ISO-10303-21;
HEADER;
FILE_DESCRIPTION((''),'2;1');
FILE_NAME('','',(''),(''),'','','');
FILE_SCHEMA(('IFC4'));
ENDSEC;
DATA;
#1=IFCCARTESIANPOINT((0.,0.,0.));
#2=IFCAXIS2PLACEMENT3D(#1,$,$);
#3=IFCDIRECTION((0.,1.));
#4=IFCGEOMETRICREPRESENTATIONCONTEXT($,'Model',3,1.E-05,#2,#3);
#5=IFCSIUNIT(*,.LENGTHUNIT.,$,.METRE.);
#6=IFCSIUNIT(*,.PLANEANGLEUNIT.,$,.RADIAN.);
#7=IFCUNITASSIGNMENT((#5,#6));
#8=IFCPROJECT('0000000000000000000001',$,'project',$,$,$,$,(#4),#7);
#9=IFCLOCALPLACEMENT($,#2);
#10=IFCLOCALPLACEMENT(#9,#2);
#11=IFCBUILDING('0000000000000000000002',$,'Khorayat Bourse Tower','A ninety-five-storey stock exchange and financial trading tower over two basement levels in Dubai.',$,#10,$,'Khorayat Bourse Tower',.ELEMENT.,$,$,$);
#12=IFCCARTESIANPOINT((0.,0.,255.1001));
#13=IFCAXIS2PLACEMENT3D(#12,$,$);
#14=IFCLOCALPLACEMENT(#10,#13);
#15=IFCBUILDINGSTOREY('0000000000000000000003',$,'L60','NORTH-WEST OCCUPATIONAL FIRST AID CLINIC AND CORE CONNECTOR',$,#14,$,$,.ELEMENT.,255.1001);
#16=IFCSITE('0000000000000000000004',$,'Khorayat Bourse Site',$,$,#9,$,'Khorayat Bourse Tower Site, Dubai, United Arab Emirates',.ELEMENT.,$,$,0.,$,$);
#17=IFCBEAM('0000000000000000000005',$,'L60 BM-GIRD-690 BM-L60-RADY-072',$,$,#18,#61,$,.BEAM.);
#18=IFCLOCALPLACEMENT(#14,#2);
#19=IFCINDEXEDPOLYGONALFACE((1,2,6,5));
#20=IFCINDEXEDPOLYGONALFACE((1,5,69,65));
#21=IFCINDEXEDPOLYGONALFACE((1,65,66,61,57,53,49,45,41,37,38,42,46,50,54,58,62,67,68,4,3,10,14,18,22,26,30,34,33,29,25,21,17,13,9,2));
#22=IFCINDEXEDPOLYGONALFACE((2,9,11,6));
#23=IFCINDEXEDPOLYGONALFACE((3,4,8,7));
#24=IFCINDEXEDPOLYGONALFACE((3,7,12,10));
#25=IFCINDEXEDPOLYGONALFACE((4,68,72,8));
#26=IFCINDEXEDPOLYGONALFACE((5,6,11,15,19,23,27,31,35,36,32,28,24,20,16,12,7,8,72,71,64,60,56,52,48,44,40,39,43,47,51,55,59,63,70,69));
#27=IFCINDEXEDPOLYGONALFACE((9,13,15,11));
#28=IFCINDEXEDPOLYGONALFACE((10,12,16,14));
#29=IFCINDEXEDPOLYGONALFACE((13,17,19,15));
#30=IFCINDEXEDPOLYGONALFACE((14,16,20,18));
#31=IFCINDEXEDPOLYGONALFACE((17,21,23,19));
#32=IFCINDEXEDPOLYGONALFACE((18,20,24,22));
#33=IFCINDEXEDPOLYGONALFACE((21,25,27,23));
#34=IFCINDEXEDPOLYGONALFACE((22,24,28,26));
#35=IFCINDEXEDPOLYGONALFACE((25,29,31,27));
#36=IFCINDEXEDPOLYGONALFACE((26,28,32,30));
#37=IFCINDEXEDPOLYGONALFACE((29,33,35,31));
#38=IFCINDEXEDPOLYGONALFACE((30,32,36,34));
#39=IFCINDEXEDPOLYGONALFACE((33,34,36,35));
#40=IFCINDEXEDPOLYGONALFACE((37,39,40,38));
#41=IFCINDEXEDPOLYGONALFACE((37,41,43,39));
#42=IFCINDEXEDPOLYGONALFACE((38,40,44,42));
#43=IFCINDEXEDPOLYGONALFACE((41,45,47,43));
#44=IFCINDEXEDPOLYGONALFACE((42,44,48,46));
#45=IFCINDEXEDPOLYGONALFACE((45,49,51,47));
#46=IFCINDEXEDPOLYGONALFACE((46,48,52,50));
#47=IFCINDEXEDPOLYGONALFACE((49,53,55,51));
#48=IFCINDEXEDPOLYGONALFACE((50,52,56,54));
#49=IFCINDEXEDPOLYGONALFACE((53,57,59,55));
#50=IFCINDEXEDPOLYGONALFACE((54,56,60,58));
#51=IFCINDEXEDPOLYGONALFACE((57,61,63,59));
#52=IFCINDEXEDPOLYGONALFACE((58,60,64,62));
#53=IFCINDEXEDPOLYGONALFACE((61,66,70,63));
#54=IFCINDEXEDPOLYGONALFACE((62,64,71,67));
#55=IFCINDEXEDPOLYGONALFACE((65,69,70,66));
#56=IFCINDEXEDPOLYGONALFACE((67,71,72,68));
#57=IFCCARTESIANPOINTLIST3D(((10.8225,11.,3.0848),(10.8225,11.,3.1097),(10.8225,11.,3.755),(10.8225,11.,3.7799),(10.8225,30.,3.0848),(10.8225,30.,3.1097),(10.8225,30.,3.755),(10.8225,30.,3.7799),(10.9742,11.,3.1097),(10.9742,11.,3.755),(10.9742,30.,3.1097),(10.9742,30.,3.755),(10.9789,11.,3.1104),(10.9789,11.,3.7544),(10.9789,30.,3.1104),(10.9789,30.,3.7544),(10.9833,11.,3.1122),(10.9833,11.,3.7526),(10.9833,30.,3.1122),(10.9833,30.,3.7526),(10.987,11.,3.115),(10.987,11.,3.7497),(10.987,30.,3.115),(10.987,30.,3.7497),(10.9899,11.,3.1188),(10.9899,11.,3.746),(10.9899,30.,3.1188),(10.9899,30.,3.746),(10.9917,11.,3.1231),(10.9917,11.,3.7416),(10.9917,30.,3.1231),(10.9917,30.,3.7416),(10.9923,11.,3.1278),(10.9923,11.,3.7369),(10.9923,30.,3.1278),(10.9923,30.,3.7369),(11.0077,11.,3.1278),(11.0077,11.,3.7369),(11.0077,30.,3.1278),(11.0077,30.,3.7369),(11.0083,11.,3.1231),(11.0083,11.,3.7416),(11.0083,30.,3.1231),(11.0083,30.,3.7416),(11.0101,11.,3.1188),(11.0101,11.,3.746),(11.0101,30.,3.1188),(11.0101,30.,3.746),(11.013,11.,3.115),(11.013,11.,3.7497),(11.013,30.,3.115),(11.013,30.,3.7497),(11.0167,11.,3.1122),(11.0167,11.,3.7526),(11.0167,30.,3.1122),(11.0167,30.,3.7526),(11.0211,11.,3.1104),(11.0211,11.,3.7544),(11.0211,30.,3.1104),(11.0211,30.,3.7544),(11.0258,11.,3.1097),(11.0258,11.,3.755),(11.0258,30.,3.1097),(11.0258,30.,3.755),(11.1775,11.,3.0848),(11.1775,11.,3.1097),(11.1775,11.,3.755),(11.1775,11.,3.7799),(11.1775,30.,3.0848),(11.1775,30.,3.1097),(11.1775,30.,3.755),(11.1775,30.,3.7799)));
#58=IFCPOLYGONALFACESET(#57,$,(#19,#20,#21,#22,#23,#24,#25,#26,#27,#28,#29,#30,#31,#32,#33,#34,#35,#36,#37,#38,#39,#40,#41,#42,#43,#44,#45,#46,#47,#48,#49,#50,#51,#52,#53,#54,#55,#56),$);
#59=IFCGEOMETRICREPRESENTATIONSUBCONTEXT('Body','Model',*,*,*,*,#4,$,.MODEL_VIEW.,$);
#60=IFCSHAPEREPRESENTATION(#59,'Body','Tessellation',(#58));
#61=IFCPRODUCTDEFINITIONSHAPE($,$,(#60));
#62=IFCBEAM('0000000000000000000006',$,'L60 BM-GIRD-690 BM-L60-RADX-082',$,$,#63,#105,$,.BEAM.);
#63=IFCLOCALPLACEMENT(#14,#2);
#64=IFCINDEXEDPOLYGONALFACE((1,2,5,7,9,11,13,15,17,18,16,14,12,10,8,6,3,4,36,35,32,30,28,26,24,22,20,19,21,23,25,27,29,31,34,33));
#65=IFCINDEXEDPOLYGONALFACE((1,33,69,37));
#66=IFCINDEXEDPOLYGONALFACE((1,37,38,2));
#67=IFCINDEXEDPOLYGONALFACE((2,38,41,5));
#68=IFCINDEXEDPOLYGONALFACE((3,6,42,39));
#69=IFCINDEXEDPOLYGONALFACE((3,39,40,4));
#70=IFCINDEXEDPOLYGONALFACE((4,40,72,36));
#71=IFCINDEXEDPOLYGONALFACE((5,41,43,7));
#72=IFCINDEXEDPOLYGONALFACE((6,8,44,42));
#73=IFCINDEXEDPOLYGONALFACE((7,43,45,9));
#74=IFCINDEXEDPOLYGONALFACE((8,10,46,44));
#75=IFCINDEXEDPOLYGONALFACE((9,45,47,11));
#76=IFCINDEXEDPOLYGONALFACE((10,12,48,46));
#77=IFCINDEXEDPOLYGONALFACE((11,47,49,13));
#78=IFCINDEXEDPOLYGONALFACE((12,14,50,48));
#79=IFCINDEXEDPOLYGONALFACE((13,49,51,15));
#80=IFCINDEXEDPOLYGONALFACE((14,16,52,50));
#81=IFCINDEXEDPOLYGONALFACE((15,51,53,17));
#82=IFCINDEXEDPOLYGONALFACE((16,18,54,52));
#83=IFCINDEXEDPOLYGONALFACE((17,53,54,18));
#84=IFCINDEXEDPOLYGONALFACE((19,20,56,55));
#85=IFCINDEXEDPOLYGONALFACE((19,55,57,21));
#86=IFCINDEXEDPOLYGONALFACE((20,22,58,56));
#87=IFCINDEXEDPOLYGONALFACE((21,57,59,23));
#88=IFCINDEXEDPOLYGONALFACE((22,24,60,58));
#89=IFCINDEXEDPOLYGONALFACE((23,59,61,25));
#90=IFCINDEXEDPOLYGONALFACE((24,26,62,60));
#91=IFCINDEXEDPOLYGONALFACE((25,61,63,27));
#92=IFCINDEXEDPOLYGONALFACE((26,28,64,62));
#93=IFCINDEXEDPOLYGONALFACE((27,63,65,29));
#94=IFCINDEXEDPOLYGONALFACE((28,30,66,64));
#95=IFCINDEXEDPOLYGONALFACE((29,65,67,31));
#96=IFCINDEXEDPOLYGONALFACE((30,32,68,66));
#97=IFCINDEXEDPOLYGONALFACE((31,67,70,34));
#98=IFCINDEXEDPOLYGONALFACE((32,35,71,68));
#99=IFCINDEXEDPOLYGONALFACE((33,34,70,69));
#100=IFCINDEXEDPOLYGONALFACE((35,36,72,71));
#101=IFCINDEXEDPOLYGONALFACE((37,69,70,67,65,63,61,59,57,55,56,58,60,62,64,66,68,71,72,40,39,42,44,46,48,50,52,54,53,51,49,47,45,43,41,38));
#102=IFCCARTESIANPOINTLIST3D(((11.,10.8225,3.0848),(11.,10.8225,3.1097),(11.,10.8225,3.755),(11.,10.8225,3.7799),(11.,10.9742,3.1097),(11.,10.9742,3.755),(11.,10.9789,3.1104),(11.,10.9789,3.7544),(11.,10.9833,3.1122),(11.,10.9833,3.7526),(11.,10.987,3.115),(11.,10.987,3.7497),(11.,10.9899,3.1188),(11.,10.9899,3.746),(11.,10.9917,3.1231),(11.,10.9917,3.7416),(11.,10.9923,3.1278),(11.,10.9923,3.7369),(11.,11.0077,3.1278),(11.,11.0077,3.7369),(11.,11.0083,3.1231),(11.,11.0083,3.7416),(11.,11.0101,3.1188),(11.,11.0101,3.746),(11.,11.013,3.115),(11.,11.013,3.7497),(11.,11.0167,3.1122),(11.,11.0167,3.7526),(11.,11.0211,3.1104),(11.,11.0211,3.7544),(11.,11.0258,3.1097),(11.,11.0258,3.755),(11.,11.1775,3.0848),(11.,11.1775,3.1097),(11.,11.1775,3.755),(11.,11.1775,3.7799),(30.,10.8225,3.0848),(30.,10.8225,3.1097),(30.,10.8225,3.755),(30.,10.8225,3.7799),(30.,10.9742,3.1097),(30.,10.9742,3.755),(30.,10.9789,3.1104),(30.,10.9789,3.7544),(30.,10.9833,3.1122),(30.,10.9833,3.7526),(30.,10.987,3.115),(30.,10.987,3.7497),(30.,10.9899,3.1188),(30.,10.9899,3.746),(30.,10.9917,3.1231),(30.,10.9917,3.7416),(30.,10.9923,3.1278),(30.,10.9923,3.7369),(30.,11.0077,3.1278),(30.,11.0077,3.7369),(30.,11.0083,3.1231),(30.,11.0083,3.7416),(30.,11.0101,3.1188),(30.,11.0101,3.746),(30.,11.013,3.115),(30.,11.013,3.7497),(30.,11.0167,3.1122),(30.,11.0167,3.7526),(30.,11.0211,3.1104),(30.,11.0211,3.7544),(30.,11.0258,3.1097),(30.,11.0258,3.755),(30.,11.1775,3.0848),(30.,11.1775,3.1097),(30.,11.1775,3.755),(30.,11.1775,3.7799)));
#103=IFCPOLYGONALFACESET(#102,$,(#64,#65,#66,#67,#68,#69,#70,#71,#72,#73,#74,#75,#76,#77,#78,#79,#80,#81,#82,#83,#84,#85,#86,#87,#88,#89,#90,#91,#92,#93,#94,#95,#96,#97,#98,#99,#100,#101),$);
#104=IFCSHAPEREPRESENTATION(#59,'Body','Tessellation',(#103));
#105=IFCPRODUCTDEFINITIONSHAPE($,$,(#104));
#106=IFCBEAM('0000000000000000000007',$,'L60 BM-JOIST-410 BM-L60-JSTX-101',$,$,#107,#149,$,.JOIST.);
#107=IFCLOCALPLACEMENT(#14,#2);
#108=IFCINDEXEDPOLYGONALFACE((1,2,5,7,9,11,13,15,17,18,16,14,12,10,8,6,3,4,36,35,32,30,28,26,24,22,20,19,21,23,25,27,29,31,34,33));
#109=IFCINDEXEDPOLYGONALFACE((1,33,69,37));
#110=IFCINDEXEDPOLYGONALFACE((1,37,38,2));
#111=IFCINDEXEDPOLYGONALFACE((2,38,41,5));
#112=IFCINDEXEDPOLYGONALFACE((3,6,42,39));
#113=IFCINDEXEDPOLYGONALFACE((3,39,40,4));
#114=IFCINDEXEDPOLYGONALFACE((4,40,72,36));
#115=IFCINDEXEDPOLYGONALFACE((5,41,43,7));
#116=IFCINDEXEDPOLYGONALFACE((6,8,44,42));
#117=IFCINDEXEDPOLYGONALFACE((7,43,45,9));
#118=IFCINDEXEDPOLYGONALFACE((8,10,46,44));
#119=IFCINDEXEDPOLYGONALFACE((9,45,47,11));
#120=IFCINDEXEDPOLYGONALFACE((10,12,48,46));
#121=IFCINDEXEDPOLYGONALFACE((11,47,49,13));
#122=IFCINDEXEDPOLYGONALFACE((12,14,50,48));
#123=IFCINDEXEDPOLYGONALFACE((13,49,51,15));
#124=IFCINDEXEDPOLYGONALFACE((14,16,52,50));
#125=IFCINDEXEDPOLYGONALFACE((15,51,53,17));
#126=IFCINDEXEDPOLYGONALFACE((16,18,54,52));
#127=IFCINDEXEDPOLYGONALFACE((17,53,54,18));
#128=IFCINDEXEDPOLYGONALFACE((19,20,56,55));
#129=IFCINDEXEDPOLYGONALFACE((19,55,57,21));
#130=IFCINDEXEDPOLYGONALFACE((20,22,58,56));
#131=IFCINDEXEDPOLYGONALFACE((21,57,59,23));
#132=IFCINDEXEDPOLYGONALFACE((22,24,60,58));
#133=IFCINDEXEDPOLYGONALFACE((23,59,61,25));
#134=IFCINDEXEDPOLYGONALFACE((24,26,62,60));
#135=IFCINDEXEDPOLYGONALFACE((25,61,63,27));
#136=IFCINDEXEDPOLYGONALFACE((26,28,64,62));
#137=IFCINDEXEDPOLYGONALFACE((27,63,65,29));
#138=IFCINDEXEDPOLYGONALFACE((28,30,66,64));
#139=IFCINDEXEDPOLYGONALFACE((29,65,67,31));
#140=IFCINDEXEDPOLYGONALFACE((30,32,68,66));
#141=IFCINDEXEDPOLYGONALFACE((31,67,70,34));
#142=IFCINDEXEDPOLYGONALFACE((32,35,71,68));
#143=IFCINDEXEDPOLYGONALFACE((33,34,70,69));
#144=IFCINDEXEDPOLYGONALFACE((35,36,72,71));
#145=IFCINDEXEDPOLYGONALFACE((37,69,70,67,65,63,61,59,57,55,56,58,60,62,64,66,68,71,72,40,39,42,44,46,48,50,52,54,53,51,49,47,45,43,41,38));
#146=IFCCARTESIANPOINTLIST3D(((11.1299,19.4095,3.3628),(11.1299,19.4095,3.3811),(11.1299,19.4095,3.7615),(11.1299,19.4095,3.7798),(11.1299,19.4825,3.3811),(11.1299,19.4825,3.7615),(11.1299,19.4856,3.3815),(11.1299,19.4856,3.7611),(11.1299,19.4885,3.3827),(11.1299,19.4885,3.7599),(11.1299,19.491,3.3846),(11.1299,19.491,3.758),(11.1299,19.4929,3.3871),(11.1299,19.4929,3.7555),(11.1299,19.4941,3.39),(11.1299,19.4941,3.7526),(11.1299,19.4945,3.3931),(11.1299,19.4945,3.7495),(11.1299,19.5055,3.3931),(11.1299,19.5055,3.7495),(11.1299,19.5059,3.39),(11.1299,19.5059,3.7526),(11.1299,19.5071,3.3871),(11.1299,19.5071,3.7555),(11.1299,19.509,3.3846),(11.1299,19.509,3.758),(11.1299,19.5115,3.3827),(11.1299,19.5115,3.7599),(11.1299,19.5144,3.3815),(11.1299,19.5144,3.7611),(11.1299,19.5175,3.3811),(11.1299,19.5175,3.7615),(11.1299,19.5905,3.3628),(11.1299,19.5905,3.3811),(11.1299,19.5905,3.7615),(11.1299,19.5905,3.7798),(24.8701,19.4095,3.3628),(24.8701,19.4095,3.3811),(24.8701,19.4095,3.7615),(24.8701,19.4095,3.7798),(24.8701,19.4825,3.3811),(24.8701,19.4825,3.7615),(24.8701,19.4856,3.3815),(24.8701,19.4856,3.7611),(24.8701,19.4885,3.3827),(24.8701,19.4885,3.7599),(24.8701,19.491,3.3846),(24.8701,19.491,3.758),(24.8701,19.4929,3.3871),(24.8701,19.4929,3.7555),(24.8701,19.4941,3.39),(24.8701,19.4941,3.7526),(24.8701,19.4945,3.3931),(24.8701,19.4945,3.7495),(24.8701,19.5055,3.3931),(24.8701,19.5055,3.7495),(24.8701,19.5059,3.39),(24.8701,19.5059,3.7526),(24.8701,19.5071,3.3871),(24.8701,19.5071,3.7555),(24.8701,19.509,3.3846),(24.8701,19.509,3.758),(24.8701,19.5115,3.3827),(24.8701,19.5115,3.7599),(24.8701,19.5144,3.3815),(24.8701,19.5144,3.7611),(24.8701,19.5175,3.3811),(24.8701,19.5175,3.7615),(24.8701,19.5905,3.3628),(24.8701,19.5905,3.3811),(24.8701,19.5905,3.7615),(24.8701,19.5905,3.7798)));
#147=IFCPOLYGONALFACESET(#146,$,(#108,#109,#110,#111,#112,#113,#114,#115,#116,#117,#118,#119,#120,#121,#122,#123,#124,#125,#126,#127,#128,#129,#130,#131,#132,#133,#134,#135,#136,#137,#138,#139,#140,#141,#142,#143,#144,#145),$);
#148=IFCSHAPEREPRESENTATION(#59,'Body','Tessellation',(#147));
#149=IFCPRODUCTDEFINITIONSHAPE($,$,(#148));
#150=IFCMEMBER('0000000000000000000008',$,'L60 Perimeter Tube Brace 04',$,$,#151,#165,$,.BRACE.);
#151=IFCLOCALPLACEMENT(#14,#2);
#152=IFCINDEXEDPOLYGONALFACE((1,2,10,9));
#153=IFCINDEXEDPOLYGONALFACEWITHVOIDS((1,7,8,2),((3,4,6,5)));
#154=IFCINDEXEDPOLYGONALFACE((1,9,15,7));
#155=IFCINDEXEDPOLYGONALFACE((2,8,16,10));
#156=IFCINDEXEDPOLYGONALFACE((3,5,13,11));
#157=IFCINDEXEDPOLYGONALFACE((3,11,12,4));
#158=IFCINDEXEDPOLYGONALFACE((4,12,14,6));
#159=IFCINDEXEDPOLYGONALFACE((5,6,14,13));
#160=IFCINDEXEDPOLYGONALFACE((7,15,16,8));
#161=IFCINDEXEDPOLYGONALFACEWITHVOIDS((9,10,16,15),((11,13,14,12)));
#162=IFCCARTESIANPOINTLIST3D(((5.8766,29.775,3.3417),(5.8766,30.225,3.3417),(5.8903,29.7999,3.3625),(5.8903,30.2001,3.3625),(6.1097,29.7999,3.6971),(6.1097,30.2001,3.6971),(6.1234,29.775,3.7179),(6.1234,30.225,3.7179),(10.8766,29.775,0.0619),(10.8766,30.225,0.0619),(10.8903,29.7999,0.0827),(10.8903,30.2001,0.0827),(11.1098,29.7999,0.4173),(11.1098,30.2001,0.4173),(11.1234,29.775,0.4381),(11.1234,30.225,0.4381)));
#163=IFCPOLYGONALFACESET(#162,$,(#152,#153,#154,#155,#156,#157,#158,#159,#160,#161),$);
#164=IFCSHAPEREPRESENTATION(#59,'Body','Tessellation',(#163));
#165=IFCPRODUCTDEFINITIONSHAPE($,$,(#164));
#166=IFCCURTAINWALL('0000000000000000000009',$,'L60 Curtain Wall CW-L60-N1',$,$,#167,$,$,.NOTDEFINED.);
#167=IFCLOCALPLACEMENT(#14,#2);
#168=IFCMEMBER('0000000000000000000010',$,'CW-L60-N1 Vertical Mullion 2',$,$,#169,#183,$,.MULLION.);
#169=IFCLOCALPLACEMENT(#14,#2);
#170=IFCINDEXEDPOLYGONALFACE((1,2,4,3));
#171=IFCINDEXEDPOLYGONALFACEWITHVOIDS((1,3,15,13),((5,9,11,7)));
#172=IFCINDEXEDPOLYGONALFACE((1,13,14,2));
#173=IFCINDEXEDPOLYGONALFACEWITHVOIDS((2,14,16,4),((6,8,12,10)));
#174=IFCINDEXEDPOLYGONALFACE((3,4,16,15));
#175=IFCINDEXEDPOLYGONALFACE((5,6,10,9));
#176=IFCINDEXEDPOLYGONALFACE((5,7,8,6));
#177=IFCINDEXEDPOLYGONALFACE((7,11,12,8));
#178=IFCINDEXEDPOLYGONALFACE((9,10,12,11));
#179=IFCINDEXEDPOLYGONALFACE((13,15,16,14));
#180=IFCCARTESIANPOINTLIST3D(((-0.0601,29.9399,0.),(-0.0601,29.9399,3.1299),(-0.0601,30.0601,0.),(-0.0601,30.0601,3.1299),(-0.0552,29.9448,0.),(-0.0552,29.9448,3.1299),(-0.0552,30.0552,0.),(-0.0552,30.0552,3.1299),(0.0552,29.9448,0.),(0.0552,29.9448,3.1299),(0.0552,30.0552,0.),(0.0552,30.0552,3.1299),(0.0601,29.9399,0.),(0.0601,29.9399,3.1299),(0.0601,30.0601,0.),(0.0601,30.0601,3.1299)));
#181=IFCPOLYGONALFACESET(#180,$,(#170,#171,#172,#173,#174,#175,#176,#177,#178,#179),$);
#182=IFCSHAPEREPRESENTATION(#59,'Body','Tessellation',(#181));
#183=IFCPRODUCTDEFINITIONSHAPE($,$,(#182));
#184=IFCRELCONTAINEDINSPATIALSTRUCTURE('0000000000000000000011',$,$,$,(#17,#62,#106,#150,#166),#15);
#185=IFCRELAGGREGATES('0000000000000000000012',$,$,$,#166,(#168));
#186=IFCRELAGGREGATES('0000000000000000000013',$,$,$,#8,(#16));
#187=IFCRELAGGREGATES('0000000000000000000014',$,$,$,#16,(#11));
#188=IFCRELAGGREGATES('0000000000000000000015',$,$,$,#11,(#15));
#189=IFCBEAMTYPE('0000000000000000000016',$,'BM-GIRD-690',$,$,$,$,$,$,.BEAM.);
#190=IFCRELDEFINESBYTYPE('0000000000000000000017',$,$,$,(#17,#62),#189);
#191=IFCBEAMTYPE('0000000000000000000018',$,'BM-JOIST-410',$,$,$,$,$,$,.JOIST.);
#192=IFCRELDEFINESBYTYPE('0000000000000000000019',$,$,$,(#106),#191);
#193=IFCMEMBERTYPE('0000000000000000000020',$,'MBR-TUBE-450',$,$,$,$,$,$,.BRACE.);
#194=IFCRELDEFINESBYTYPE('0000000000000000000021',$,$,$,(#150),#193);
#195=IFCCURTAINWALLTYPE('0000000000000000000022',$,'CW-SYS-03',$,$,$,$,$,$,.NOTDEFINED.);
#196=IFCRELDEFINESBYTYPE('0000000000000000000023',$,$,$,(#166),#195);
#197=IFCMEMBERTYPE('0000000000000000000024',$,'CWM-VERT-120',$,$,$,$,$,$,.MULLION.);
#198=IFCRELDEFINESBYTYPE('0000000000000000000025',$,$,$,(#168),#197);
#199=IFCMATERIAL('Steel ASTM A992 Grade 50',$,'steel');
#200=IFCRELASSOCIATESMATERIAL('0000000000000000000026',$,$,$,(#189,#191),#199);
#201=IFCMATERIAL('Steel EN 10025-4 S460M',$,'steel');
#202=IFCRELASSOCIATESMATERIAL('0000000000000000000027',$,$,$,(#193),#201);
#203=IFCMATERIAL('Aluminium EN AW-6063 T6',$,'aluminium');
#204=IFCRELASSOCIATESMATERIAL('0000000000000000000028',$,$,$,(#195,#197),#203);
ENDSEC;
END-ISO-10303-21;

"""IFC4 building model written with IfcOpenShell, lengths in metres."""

from ifc_helpers import new_model, si_unit, direction, frame, origin, origin_2d, place, context, subcontext, project, spatial, hollow_rectangle, i_section, extrude, source, transform, mapped, material, material_profile, profile_set, type_object, element, aggregate, save


model = new_model("IFC4")

# Units and contexts
model_context = context("Model", 3, precision=1e-05, world=origin(), true_north=direction((0.0, 1.0)))
body_context = subcontext(model_context, "Body", "Model", "MODEL_VIEW")
ifc_project = project(units=[si_unit("LENGTHUNIT", "METRE"), si_unit("PLANEANGLEUNIT", "RADIAN")], contexts=[model_context])

# Site, building, storey
site_placement = place(None, origin())
site = spatial("IfcSite", under=ifc_project, at=site_placement, Name="Khorayat Bourse Site", LongName="Khorayat Bourse Tower Site, Dubai, United Arab Emirates", CompositionType="ELEMENT", RefElevation=0.0)
building_placement = place(site_placement, origin())
building = spatial("IfcBuilding", under=site, at=building_placement, Name="Khorayat Bourse Tower", Description="A ninety-five-storey stock exchange and financial trading tower over two basement levels in Dubai.", LongName="Khorayat Bourse Tower", CompositionType="ELEMENT")
storey_placement = place(building_placement, frame((0.0, 0.0, 255.1001)))
storey = spatial("IfcBuildingStorey", under=building, at=storey_placement, Name="L60", Description="NORTH-WEST OCCUPATIONAL FIRST AID CLINIC AND CORE CONNECTOR", CompositionType="ELEMENT", Elevation=255.1001)

# Shared definitions
ifc_material_1 = material(Name="Steel EN 10025-4 S460M", Category="steel")

# Beams
ifc_material_2 = material(Name="Steel ASTM A992 Grade 50", Category="steel")
ifc_material_profile_1 = material_profile(ifc_material_2, i_section(OverallWidth=0.355, OverallDepth=0.6951, WebThickness=0.0154, FlangeThickness=0.0249, FilletRadius=0.0181, at=origin_2d()), Name="W690X217")
ifc_profile_set_1 = profile_set([ifc_material_profile_1], Name="Steel ASTM A992 Grade 50")
beam_type_1 = type_object("IfcBeamType", Name="BM-GIRD-690", PredefinedType="BEAM", material=ifc_profile_set_1)
shared_shape_1 = source(origin(), body_context, "Body", "SweptSolid", [
    extrude(i_section(OverallWidth=0.355, OverallDepth=0.6951, WebThickness=0.0154, FlangeThickness=0.0249, FilletRadius=0.0181, at=origin_2d()), origin(), (0.0, 0.0, 1.0), 19.0),
])
for number, where, z_axis, x_axis, name in (
    (1, (11.0, 11.0, 3.4324), (0.0, 1.0, 0.0), (-1.0, 0.0, 0.0), "L60 BM-GIRD-690 BM-L60-RADY-072"),
    (2, (11.0, 11.0, 3.4324), (1.0, 0.0, 0.0), (0.0, 1.0, 0.0), "L60 BM-GIRD-690 BM-L60-RADX-082"),
):
    element("IfcBeam", number, at=place(storey_placement, frame(where, z_axis=z_axis, x_axis=x_axis)), inside=storey, type_object=beam_type_1, Name=name, PredefinedType="BEAM", context=body_context, shape_type="MappedRepresentation", body=[
        mapped(shared_shape_1, transform((0.0, 0.0, 0.0), scale=1.0)),
    ])
ifc_material_profile_2 = material_profile(ifc_material_2, i_section(OverallWidth=0.1809, OverallDepth=0.417, WebThickness=0.011, FlangeThickness=0.0183, FilletRadius=0.012, at=origin_2d()), Name="W410X85")
ifc_profile_set_2 = profile_set([ifc_material_profile_2], Name="Steel ASTM A992 Grade 50")
beam_type_2 = type_object("IfcBeamType", Name="BM-JOIST-410", PredefinedType="JOIST", material=ifc_profile_set_2)
shared_shape_2 = source(origin(), body_context, "Body", "SweptSolid", [
    extrude(i_section(OverallWidth=0.1809, OverallDepth=0.417, WebThickness=0.011, FlangeThickness=0.0183, FilletRadius=0.012, at=origin_2d()), origin(), (0.0, 0.0, 1.0), 13.7402),
])
beam_1_placement = place(storey_placement, frame((11.1299, 19.5, 3.5713), z_axis=(1.0, 0.0, 0.0), x_axis=(0.0, 1.0, 0.0)))
element("IfcBeam", 3, at=beam_1_placement, inside=storey, type_object=beam_type_2, Name="L60 BM-JOIST-410 BM-L60-JSTX-101", PredefinedType="JOIST", context=body_context, shape_type="MappedRepresentation", body=[
    mapped(shared_shape_2, transform((0.0, 0.0, 0.0), scale=1.0)),
])

# Member
ifc_material_profile_3 = material_profile(ifc_material_1, hollow_rectangle(XDim=0.45, YDim=0.45, WallThickness=0.0249, at=origin_2d()), Name="HSS 450x450x25")
ifc_profile_set_3 = profile_set([ifc_material_profile_3], Name="Steel EN 10025-4 S460M")
member_type_1 = type_object("IfcMemberType", Name="MBR-TUBE-450", PredefinedType="BRACE", material=ifc_profile_set_3)
shared_shape_3 = source(origin(), body_context, "Body", "SweptSolid", [
    extrude(hollow_rectangle(XDim=0.45, YDim=0.45, WallThickness=0.0249, at=origin_2d()), origin(), (0.0, 0.0, 1.0), 5.9797),
])
member_1_placement = place(storey_placement, frame((6.0, 30.0, 3.5298), z_axis=(0.83616, 0.0, -0.548485), x_axis=(0.0, 1.0, 0.0)))
element("IfcMember", 4, at=member_1_placement, inside=storey, type_object=member_type_1, Name="L60 Perimeter Tube Brace 04", PredefinedType="BRACE", context=body_context, shape_type="MappedRepresentation", body=[
    mapped(shared_shape_3, transform((0.0, 0.0, 0.0), scale=1.0)),
])

# Curtain wall, member
ifc_material_3 = material(Name="Aluminium EN AW-6063 T6", Category="aluminium")
curtain_wall_type = type_object("IfcCurtainWallType", Name="CW-SYS-03", PredefinedType="NOTDEFINED", material=ifc_material_3)
curtain_wall_placement = place(storey_placement, origin())
curtain_wall = element("IfcCurtainWall", 5, at=curtain_wall_placement, inside=storey, type_object=curtain_wall_type, Name="L60 Curtain Wall CW-L60-N1", PredefinedType="NOTDEFINED")
ifc_material_profile_4 = material_profile(ifc_material_3, hollow_rectangle(XDim=0.1201, YDim=0.1201, WallThickness=0.0049, at=origin_2d()), Name="ALU 120x120x5")
ifc_profile_set_4 = profile_set([ifc_material_profile_4], Name="Aluminium EN AW-6063 T6")
member_type_2 = type_object("IfcMemberType", Name="CWM-VERT-120", PredefinedType="MULLION", material=ifc_profile_set_4)
shared_shape_4 = source(origin(), body_context, "Body", "SweptSolid", [
    extrude(hollow_rectangle(XDim=0.1201, YDim=0.1201, WallThickness=0.0049, at=origin_2d()), origin(), (0.0, 0.0, 1.0), 3.1299),
])
member_2_placement = place(storey_placement, frame((0.0, 30.0, 0.0), z_axis=(0.0, 0.0, 1.0), x_axis=(0.0, 1.0, 0.0)))
member_2 = element("IfcMember", 6, at=member_2_placement, type_object=member_type_2, Name="CW-L60-N1 Vertical Mullion 2", PredefinedType="MULLION", context=body_context, shape_type="MappedRepresentation", body=[
    mapped(shared_shape_4, transform((0.0, 0.0, 0.0), scale=1.0)),
])

aggregate(curtain_wall, [member_2])

save(model, "model.ifc")
